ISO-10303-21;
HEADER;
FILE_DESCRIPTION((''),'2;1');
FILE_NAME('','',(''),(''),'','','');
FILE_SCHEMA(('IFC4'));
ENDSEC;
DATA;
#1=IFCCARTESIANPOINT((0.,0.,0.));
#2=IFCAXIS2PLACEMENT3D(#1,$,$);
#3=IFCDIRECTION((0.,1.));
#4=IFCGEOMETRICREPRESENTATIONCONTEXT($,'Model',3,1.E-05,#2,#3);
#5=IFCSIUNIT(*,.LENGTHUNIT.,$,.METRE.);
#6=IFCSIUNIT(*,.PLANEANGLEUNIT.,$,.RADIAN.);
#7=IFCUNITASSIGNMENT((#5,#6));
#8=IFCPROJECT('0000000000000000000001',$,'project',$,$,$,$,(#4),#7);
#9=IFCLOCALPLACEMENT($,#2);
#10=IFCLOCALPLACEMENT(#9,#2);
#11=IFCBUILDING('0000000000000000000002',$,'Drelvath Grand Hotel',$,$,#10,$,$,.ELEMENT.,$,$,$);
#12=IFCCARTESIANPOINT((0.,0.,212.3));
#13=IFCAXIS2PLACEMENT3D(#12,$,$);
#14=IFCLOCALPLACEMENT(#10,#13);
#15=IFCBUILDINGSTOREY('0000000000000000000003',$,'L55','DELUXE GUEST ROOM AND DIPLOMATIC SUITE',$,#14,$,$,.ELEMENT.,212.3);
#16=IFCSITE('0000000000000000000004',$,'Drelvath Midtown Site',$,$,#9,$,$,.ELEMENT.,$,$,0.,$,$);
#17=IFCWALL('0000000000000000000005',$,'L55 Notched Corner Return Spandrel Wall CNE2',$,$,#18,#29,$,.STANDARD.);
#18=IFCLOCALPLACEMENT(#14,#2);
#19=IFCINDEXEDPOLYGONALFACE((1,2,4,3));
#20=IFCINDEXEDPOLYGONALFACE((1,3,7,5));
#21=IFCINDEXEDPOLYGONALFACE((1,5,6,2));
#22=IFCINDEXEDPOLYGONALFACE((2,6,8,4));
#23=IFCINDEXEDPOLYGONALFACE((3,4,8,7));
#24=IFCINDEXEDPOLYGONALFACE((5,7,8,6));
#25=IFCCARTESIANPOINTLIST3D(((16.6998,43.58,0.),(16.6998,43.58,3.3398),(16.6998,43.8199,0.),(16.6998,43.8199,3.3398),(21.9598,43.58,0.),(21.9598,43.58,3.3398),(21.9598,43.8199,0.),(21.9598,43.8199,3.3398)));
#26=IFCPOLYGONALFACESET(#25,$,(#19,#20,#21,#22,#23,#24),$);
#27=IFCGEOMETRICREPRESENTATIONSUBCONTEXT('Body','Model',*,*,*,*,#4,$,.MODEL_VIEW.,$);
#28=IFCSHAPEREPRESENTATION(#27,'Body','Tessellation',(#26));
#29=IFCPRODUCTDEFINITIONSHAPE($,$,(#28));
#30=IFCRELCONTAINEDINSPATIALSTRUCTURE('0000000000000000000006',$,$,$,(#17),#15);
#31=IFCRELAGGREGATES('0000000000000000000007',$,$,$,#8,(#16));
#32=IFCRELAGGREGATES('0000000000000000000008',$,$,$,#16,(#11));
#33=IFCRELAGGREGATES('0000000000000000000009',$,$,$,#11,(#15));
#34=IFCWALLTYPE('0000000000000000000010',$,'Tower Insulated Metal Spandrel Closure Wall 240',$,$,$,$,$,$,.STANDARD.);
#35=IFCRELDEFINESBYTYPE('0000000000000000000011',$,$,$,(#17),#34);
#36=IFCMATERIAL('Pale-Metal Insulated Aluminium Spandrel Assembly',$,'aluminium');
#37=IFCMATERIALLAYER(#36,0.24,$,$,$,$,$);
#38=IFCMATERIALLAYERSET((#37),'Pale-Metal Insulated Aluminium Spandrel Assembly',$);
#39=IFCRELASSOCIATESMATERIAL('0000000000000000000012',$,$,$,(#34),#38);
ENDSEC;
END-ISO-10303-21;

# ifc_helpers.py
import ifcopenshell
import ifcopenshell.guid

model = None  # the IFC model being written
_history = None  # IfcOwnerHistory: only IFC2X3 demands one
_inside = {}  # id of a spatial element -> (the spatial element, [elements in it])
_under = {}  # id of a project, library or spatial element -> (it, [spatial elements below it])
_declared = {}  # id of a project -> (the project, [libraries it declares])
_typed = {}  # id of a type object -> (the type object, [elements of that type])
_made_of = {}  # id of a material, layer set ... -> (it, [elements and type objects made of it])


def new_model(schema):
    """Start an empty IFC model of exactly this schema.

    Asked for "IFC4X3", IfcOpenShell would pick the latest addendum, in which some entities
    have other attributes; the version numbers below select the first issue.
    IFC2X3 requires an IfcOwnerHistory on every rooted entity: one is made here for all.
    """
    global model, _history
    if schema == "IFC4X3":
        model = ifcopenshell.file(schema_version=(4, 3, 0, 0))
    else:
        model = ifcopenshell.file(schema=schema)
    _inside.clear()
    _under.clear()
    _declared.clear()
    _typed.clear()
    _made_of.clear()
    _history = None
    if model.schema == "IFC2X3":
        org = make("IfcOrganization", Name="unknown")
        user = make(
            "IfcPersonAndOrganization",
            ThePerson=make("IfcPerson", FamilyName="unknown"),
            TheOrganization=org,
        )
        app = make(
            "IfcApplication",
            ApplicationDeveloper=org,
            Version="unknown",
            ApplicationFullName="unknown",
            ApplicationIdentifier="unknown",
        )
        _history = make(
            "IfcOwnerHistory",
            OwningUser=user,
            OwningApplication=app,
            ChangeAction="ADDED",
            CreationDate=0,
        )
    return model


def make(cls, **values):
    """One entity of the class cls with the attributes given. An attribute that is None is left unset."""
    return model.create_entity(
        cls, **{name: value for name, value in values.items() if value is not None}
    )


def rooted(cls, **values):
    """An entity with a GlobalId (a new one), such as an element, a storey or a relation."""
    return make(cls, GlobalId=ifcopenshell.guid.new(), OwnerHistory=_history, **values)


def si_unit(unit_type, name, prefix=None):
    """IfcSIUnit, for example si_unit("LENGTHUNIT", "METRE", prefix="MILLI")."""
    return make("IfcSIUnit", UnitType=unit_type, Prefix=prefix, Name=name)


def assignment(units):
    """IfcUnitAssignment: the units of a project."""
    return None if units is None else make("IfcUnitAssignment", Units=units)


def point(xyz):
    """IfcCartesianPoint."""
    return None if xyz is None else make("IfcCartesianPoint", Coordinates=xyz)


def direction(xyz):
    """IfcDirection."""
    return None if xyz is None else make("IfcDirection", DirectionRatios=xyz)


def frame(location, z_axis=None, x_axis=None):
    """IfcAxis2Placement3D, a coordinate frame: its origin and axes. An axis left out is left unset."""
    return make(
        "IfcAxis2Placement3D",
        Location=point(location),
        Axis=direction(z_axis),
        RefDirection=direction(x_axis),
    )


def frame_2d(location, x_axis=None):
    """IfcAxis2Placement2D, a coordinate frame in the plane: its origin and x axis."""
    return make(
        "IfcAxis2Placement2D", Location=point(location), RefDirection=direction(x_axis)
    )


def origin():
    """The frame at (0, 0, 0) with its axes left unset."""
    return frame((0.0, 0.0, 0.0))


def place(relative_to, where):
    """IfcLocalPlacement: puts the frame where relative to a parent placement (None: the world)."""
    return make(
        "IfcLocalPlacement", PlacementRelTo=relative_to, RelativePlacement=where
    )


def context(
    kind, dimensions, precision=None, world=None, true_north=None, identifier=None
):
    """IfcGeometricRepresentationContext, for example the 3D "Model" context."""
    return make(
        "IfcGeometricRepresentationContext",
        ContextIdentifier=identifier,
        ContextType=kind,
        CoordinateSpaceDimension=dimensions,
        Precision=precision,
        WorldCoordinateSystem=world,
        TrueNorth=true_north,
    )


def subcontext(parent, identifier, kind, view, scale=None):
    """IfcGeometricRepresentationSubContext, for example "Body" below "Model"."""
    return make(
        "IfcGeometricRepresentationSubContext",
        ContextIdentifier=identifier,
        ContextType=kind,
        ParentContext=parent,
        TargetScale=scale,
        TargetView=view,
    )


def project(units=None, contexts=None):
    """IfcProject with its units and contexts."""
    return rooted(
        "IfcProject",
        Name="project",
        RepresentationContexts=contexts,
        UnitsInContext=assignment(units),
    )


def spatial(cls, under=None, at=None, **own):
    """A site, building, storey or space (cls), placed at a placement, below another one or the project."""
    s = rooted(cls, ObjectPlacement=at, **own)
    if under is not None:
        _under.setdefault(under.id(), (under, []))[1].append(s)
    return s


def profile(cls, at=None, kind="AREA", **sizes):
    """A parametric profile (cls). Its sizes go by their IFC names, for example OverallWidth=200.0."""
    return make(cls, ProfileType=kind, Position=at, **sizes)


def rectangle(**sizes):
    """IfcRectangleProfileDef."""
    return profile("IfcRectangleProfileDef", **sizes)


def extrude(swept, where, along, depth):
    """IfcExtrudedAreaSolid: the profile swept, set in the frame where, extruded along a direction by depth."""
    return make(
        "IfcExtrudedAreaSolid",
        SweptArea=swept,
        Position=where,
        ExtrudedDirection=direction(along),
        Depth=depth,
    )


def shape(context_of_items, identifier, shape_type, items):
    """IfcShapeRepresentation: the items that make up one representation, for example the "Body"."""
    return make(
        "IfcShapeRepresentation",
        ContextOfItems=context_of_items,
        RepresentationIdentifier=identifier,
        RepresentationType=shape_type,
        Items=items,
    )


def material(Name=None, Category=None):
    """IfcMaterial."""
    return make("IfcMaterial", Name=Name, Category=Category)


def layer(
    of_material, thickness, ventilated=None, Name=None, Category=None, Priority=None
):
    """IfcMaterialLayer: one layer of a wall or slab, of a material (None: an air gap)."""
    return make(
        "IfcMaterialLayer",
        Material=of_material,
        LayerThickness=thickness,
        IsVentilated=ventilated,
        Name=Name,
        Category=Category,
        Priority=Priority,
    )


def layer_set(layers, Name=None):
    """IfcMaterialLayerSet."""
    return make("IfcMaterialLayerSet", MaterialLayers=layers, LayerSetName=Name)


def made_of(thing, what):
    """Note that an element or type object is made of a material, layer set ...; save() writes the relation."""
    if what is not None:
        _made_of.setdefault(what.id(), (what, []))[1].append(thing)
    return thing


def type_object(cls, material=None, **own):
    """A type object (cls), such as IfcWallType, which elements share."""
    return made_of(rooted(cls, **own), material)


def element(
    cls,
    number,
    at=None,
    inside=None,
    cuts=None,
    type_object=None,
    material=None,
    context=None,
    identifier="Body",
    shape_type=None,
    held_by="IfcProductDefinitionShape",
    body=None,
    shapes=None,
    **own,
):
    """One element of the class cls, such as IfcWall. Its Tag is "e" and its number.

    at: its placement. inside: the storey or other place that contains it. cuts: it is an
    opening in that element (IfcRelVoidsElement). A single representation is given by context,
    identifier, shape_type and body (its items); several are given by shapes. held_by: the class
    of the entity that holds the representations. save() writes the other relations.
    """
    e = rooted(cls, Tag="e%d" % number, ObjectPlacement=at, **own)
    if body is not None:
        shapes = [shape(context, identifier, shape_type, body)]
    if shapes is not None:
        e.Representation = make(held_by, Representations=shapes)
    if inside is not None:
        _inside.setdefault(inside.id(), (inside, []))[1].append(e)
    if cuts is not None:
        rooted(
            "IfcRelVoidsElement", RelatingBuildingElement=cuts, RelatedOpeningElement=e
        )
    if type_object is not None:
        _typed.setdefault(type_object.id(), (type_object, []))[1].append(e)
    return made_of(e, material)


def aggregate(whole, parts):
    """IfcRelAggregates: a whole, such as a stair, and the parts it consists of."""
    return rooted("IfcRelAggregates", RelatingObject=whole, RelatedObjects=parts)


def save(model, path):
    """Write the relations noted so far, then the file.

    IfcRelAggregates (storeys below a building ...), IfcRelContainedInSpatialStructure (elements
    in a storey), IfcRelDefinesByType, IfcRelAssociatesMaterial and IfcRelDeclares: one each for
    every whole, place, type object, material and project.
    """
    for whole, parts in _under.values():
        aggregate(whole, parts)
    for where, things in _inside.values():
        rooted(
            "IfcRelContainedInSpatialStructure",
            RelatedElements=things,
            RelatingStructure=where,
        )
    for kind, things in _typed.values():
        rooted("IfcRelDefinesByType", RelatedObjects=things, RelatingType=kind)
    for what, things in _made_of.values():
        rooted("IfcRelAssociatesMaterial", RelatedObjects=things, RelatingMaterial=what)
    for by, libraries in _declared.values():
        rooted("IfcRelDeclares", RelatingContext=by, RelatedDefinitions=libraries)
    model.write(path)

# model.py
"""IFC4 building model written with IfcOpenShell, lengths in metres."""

from ifc_helpers import new_model, si_unit, direction, frame, frame_2d, origin, place, context, subcontext, project, spatial, rectangle, extrude, material, layer, layer_set, type_object, element, save


model = new_model("IFC4")

# Units and contexts
model_context = context("Model", 3, precision=1e-05, world=origin(), true_north=direction((0.0, 1.0)))
body_context = subcontext(model_context, "Body", "Model", "MODEL_VIEW")
ifc_project = project(units=[si_unit("LENGTHUNIT", "METRE"), si_unit("PLANEANGLEUNIT", "RADIAN")], contexts=[model_context])

# Site, building, storey
site_placement = place(None, origin())
site = spatial("IfcSite", under=ifc_project, at=site_placement, Name="Drelvath Midtown Site", CompositionType="ELEMENT", RefElevation=0.0)
building_placement = place(site_placement, origin())
building = spatial("IfcBuilding", under=site, at=building_placement, Name="Drelvath Grand Hotel", CompositionType="ELEMENT")
storey_placement = place(building_placement, frame((0.0, 0.0, 212.3)))
storey = spatial("IfcBuildingStorey", under=building, at=storey_placement, Name="L55", Description="DELUXE GUEST ROOM AND DIPLOMATIC SUITE", CompositionType="ELEMENT", Elevation=212.3)

# Shared definitions
ifc_material_1 = material(Name="Pale-Metal Insulated Aluminium Spandrel Assembly", Category="aluminium")
ifc_layer_1 = layer(ifc_material_1, 0.24)
ifc_layer_set_1 = layer_set([ifc_layer_1], Name="Pale-Metal Insulated Aluminium Spandrel Assembly")
wall_type_1 = type_object("IfcWallType", Name="Tower Insulated Metal Spandrel Closure Wall 240", PredefinedType="STANDARD", material=ifc_layer_set_1)

# Wall
for number, where, z_axis, x_axis, name in (
    (1, (16.7, 43.7, 0.0), (0.0, 0.0, 1.0), (1.0, 0.0, 0.0), "L55 Notched Corner Return Spandrel Wall CNE2"),
):
    element("IfcWall", number, at=place(storey_placement, frame(where, z_axis=z_axis, x_axis=x_axis)), inside=storey, type_object=wall_type_1, Name=name, PredefinedType="STANDARD", context=body_context, shape_type="SweptSolid", body=[
        extrude(rectangle(XDim=5.26, YDim=0.24, at=frame_2d((2.6299, 0.0))), origin(), (0.0, 0.0, 1.0), 3.3398),
    ])

save(model, "model.ifc")
